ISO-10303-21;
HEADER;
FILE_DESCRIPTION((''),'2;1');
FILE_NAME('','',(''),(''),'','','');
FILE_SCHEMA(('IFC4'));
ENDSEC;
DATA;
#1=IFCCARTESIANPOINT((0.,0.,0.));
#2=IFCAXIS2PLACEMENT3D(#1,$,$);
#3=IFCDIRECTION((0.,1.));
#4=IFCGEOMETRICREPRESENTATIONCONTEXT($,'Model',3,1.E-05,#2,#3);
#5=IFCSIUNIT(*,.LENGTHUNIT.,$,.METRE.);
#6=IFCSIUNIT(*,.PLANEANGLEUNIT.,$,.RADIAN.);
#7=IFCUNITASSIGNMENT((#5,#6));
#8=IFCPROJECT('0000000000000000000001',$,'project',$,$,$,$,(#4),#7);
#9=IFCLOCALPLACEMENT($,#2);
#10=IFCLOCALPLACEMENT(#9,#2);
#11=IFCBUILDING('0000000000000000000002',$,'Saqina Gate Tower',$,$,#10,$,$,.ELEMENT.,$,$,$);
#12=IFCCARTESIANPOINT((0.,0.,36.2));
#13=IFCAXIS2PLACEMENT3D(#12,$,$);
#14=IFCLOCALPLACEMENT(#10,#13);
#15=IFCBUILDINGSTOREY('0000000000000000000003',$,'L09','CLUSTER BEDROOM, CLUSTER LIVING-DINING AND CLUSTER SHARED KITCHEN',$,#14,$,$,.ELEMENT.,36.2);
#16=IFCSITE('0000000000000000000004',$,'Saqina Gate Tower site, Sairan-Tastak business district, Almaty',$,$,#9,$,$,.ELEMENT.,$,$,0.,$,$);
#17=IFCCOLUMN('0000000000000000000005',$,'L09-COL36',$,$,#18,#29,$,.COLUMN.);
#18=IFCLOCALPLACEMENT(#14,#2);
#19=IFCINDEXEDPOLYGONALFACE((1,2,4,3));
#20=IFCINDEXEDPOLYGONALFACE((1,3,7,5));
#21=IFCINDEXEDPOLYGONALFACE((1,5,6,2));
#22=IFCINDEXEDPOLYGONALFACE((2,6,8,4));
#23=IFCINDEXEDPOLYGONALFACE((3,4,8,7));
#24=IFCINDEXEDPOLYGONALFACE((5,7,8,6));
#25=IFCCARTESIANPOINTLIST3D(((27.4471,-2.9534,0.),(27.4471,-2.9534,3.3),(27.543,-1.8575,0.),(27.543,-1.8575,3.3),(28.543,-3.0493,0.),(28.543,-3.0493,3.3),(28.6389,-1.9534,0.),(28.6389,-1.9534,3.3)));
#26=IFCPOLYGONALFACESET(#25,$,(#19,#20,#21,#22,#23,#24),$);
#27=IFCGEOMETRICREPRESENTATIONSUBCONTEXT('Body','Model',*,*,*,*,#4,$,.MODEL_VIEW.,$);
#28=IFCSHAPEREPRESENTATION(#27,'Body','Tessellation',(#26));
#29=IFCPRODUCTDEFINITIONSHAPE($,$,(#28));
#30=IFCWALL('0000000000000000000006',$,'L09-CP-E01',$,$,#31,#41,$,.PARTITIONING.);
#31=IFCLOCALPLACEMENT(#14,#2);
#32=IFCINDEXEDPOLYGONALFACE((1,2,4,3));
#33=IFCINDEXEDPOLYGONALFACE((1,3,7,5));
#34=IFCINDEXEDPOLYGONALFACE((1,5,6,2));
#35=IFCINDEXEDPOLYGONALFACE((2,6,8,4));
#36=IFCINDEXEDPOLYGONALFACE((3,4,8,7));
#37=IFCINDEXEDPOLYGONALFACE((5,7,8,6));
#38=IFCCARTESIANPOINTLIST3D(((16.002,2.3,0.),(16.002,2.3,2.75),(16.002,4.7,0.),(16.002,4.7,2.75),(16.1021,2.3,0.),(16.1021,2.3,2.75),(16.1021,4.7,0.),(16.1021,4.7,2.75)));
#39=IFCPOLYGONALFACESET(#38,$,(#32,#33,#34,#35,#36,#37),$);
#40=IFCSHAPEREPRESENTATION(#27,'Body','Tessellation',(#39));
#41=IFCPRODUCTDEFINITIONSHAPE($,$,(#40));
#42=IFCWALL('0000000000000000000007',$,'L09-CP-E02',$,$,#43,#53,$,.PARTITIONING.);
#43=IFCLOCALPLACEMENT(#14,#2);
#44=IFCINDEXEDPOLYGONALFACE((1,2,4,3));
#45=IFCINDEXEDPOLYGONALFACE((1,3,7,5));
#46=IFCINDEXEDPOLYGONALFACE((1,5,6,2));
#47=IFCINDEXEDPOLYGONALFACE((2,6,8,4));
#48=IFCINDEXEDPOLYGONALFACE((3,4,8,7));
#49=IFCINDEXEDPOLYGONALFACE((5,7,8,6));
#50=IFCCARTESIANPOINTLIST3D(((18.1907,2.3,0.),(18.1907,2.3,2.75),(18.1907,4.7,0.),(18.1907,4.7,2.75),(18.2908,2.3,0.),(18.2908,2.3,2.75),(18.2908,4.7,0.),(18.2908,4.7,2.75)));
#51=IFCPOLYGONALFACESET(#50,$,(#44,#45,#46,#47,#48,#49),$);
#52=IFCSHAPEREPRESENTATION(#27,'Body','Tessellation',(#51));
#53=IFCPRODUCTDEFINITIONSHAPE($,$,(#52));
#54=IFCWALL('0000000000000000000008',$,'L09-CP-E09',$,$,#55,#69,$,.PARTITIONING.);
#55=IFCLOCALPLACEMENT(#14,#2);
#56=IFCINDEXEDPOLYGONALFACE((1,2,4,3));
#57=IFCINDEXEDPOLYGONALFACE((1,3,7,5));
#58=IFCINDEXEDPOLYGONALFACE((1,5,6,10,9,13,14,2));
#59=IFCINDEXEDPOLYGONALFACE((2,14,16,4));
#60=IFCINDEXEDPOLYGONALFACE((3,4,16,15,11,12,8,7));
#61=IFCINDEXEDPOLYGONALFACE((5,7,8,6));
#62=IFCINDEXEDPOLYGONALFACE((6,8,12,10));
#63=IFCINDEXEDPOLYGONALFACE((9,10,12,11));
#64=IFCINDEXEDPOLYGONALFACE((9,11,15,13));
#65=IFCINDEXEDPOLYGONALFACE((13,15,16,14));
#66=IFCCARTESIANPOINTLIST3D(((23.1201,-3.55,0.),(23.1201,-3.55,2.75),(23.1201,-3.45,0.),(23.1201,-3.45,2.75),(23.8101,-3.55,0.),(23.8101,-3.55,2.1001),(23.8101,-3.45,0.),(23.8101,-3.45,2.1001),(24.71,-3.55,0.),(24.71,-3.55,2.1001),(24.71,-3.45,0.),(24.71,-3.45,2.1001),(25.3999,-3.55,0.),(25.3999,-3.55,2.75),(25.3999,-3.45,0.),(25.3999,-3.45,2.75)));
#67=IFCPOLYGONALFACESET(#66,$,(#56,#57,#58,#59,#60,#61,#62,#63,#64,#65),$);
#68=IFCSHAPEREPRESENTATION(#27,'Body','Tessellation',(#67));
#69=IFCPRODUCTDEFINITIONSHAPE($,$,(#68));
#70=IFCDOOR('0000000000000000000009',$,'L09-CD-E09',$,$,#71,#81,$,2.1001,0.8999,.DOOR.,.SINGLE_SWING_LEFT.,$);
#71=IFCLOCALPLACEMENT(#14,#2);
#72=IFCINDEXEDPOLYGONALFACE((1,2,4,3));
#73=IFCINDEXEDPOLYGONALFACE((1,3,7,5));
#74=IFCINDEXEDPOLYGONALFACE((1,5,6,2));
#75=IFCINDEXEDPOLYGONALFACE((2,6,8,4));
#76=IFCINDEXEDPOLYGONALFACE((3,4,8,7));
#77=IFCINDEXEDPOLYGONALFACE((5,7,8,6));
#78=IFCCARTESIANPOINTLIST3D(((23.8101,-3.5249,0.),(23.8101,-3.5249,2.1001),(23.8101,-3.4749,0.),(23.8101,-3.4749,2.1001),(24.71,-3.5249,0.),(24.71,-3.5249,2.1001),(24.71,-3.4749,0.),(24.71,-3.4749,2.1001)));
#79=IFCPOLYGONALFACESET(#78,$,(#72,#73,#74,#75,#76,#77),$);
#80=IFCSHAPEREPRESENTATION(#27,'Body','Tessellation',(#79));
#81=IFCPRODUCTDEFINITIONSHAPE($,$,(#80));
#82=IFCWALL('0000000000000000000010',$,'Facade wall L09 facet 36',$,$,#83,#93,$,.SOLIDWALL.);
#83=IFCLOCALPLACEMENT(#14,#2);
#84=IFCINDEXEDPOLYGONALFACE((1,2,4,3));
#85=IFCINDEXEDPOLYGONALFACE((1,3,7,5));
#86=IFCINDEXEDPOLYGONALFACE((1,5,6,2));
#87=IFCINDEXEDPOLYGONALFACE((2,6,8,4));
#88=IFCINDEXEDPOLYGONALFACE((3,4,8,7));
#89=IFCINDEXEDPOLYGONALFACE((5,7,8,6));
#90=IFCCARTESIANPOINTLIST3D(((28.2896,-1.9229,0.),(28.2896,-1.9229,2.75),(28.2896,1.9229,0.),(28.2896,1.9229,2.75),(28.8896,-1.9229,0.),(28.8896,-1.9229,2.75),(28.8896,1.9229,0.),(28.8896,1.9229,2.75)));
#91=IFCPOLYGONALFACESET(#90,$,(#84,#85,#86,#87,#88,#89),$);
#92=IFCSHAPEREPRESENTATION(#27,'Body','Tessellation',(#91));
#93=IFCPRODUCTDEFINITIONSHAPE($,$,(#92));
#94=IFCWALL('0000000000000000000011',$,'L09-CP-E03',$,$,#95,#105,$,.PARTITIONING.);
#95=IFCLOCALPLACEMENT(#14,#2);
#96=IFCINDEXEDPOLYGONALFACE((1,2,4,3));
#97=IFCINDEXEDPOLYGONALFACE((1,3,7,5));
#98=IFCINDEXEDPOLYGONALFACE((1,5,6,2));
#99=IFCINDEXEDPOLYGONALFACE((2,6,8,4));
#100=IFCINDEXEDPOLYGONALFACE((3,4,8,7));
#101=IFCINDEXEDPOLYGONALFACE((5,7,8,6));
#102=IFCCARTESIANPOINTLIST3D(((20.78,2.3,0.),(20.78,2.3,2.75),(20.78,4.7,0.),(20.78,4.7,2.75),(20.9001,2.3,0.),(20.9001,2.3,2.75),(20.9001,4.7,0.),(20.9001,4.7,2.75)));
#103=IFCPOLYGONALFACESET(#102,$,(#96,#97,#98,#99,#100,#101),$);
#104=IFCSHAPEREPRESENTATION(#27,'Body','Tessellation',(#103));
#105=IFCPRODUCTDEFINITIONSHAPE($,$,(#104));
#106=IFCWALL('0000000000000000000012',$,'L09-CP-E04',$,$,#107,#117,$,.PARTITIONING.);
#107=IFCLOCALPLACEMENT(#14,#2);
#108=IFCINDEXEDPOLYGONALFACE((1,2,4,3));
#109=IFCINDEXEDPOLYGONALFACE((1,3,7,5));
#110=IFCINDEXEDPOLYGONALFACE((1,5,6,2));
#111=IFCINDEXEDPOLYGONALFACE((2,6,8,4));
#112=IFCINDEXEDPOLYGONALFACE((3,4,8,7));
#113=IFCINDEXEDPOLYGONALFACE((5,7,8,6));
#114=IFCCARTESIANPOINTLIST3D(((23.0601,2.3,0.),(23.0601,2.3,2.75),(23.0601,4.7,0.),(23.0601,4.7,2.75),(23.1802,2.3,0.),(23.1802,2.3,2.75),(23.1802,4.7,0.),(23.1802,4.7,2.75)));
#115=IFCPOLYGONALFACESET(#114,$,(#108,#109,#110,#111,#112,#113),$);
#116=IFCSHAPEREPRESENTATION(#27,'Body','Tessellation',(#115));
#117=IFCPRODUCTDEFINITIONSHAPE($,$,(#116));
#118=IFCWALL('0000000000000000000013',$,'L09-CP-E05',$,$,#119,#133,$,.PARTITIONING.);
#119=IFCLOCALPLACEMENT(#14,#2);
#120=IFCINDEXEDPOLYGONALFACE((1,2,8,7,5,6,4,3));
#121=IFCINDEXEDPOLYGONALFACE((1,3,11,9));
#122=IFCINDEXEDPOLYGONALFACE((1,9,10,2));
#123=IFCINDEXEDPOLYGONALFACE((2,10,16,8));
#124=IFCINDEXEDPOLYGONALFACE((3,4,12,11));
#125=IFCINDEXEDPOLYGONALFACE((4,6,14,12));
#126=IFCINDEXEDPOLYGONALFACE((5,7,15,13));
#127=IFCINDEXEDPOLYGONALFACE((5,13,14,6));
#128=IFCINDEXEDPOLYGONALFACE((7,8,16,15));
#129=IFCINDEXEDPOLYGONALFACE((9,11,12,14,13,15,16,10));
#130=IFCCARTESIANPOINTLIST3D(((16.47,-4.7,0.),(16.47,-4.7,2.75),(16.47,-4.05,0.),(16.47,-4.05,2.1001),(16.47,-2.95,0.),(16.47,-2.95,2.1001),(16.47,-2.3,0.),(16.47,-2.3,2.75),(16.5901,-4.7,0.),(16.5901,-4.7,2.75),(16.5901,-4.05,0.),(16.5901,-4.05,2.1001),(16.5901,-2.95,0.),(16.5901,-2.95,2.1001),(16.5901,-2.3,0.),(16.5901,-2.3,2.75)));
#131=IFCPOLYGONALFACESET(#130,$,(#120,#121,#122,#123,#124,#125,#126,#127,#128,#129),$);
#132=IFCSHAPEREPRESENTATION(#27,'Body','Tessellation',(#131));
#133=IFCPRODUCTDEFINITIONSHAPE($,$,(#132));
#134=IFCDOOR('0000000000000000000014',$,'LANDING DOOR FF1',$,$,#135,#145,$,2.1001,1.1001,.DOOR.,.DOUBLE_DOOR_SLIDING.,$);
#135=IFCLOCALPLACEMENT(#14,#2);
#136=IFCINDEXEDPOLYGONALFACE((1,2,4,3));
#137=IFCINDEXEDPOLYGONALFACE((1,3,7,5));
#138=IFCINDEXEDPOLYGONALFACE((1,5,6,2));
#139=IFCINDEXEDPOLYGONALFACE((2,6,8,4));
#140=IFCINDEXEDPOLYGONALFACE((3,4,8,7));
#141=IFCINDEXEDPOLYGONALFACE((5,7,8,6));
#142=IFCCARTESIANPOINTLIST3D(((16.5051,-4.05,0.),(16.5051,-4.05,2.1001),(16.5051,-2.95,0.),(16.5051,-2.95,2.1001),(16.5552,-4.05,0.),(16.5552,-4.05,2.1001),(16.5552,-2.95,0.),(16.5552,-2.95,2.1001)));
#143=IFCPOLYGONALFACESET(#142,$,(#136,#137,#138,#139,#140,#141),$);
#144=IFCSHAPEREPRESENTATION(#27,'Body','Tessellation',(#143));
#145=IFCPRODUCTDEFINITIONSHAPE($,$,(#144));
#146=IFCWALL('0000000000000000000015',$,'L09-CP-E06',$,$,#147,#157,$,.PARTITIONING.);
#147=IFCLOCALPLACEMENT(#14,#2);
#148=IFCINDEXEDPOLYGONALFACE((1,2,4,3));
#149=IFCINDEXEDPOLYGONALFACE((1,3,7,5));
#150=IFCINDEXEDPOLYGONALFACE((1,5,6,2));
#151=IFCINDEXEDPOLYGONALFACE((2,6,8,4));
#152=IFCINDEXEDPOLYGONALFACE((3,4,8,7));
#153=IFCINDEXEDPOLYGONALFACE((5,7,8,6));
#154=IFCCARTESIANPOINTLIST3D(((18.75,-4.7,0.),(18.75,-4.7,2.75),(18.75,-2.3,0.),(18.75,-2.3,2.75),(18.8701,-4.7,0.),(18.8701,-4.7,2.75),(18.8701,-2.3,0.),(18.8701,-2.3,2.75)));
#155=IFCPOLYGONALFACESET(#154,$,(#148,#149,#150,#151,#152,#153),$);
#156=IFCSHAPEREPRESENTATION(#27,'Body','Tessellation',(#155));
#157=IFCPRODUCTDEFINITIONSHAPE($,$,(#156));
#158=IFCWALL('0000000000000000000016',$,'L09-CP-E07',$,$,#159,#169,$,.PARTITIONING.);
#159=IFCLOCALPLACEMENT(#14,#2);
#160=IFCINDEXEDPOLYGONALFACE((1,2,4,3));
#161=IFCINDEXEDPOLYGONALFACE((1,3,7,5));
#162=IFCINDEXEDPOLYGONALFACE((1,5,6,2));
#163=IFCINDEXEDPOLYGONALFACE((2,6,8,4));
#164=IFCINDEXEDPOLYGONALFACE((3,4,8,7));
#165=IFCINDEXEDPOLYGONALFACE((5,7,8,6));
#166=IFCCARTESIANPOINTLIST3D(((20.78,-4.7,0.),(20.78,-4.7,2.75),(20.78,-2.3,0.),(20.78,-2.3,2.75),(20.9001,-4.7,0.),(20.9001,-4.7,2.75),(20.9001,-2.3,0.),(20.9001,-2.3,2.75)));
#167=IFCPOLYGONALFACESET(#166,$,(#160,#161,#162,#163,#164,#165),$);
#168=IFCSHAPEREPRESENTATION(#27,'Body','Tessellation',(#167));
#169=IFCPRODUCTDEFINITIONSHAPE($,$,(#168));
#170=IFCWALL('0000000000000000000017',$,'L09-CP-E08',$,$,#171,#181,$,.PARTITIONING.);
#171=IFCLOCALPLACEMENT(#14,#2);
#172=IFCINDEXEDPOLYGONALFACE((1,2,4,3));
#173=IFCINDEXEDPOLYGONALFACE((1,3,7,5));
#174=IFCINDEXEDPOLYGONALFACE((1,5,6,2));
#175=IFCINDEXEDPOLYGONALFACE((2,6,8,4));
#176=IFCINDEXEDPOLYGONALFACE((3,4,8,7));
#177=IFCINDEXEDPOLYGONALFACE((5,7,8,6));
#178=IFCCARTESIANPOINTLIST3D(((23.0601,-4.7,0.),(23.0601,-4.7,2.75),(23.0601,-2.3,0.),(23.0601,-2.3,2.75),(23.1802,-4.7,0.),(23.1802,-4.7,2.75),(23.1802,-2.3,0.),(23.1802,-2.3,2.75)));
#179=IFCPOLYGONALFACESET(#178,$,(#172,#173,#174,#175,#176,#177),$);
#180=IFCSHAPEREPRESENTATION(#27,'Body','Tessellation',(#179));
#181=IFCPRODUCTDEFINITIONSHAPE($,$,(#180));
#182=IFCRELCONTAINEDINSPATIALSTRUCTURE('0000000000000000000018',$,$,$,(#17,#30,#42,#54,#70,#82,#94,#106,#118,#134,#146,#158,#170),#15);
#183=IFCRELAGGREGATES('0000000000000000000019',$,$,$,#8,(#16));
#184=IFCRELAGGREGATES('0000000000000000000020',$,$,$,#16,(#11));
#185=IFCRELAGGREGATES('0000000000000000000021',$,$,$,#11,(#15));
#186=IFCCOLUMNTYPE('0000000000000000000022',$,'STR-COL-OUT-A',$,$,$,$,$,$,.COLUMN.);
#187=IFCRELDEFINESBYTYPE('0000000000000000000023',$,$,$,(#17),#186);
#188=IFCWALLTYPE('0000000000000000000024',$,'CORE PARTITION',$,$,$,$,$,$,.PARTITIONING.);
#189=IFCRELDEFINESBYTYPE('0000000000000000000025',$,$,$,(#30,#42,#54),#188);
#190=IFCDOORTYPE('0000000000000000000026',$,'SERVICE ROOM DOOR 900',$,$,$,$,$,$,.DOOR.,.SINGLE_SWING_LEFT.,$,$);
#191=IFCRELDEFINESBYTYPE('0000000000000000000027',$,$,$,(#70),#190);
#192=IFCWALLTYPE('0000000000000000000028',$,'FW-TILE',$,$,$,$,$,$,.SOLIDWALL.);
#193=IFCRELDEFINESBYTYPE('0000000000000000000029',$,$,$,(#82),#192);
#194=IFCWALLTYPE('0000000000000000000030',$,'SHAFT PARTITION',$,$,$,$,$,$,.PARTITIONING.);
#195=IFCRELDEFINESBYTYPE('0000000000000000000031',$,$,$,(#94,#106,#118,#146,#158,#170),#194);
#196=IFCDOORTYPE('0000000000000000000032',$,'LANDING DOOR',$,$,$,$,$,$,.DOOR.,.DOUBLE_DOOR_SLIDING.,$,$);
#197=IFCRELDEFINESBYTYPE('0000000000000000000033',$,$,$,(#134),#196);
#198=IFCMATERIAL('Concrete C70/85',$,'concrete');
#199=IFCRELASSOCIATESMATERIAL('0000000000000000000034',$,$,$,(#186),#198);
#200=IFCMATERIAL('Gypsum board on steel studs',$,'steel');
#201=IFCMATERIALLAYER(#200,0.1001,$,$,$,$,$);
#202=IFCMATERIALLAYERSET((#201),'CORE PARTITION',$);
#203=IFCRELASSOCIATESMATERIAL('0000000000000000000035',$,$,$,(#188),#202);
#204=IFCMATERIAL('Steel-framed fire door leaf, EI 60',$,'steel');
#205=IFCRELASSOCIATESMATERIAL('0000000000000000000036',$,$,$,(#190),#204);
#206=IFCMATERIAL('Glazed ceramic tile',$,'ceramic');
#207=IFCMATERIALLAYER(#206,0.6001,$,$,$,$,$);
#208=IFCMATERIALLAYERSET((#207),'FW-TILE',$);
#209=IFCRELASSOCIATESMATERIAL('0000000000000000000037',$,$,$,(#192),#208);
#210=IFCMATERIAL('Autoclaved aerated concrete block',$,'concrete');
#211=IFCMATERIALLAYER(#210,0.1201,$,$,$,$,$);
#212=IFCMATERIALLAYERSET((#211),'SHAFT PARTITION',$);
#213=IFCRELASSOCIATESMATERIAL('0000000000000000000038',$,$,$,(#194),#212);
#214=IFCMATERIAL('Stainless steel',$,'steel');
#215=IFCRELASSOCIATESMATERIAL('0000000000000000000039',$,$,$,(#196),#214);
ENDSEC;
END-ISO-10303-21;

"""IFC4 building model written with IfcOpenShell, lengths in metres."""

from ifc_helpers import new_model, si_unit, direction, frame, frame_2d, origin, origin_2d, place, context, subcontext, project, spatial, rectangle, extrude, material, layer, layer_set, material_profile, profile_set, type_object, element, fill, save


model = new_model("IFC4")

# Units and contexts
model_context = context("Model", 3, precision=1e-05, world=origin(), true_north=direction((0.0, 1.0)))
body_context = subcontext(model_context, "Body", "Model", "MODEL_VIEW")
ifc_project = project(units=[si_unit("LENGTHUNIT", "METRE"), si_unit("PLANEANGLEUNIT", "RADIAN")], contexts=[model_context])

# Site, building, storey
site_placement = place(None, origin())
site = spatial("IfcSite", under=ifc_project, at=site_placement, Name="Saqina Gate Tower site, Sairan-Tastak business district, Almaty", CompositionType="ELEMENT", RefElevation=0.0)
building_placement = place(site_placement, origin())
building = spatial("IfcBuilding", under=site, at=building_placement, Name="Saqina Gate Tower", CompositionType="ELEMENT")
storey_placement = place(building_placement, frame((0.0, 0.0, 36.2)))
storey = spatial("IfcBuildingStorey", under=building, at=storey_placement, Name="L09", Description="CLUSTER BEDROOM, CLUSTER LIVING-DINING AND CLUSTER SHARED KITCHEN", CompositionType="ELEMENT", Elevation=36.2)

# Column
ifc_material_1 = material(Name="Concrete C70/85", Category="concrete")
ifc_material_profile = material_profile(ifc_material_1, rectangle(XDim=1.1001, YDim=1.1001, at=origin_2d()), Name="RC 1100x1100")
ifc_profile_set = profile_set([ifc_material_profile], Name="Concrete C70/85")
column_type = type_object("IfcColumnType", Name="STR-COL-OUT-A", PredefinedType="COLUMN", material=ifc_profile_set)
column_placement = place(storey_placement, frame((28.043, -2.4534, 0.0), z_axis=(0.0, 0.0, 1.0), x_axis=(0.996195, -0.087156, 0.0)))
element("IfcColumn", 1, at=column_placement, inside=storey, type_object=column_type, Name="L09-COL36", PredefinedType="COLUMN", context=body_context, shape_type="SweptSolid", body=[
    extrude(rectangle(XDim=1.1001, YDim=1.1001, at=origin_2d()), origin(), (0.0, 0.0, 1.0), 3.3),
])

# Walls
ifc_material_2 = material(Name="Gypsum board on steel studs", Category="steel")
ifc_layer_1 = layer(ifc_material_2, 0.1001)
ifc_layer_set_1 = layer_set([ifc_layer_1], Name="CORE PARTITION")
wall_type_1 = type_object("IfcWallType", Name="CORE PARTITION", PredefinedType="PARTITIONING", material=ifc_layer_set_1)
for number, where, z_axis, x_axis, name in (
    (2, (16.052, 2.3, 0.0), (0.0, 0.0, 1.0), (0.0, 1.0, 0.0), "L09-CP-E01"),
    (3, (18.2407, 2.3, 0.0), (0.0, 0.0, 1.0), (0.0, 1.0, 0.0), "L09-CP-E02"),
):
    element("IfcWall", number, at=place(storey_placement, frame(where, z_axis=z_axis, x_axis=x_axis)), inside=storey, type_object=wall_type_1, Name=name, PredefinedType="PARTITIONING", context=body_context, shape_type="SweptSolid", body=[
        extrude(rectangle(XDim=2.3999, YDim=0.1001, at=frame_2d((1.2, 0.0))), origin(), (0.0, 0.0, 1.0), 2.75),
    ])

# Wall, opening, door
wall_1_placement = place(storey_placement, frame((23.1201, -3.5, 0.0), z_axis=(0.0, 0.0, 1.0), x_axis=(1.0, 0.0, 0.0)))
wall_1 = element("IfcWall", 4, at=wall_1_placement, inside=storey, type_object=wall_type_1, Name="L09-CP-E09", PredefinedType="PARTITIONING", context=body_context, shape_type="SweptSolid", body=[
    extrude(rectangle(XDim=2.2798, YDim=0.1001, at=frame_2d((1.1399, 0.0))), origin(), (0.0, 0.0, 1.0), 2.75),
])
opening_1_placement = place(wall_1_placement, frame((0.6899, 0.0, 0.0)))
opening_1 = element("IfcOpeningElement", 5, at=opening_1_placement, cuts=wall_1, PredefinedType="OPENING", context=body_context, shape_type="SweptSolid", body=[
    extrude(rectangle(XDim=0.8999, YDim=2.1001, at=frame_2d((0.45, 1.05))), frame((0.0, 0.062, 0.0), z_axis=(0.0, -1.0, 0.0), x_axis=(1.0, 0.0, 0.0)), (0.0, 0.0, 1.0), 0.124),
])
ifc_material_3 = material(Name="Steel-framed fire door leaf, EI 60", Category="steel")
door_type_1 = type_object("IfcDoorType", Name="SERVICE ROOM DOOR 900", OperationType="SINGLE_SWING_LEFT", PredefinedType="DOOR", material=ifc_material_3)
door_1_placement = place(opening_1_placement, frame((0.8999, 0.0, 0.0), z_axis=(0.0, 0.0, 1.0), x_axis=(-1.0, 0.0, 0.0)))
door_1 = element("IfcDoor", 6, at=door_1_placement, inside=storey, type_object=door_type_1, Name="L09-CD-E09", OperationType="SINGLE_SWING_LEFT", OverallHeight=2.1001, OverallWidth=0.8999, PredefinedType="DOOR", context=body_context, shape_type="SweptSolid", body=[
    extrude(rectangle(XDim=0.8999, YDim=2.1001, at=frame_2d((0.45, 1.05))), frame((0.0, 0.0249, 0.0), z_axis=(0.0, -1.0, 0.0), x_axis=(1.0, 0.0, 0.0)), (0.0, 0.0, 1.0), 0.05),
])
fill(opening_1, door_1)

# Walls
ifc_material_4 = material(Name="Glazed ceramic tile", Category="ceramic")
ifc_layer_2 = layer(ifc_material_4, 0.6001)
ifc_layer_set_2 = layer_set([ifc_layer_2], Name="FW-TILE")
wall_type_2 = type_object("IfcWallType", Name="FW-TILE", PredefinedType="SOLIDWALL", material=ifc_layer_set_2)
wall_2_placement = place(storey_placement, frame((28.5896, -1.9229, 0.0), z_axis=(0.0, 0.0, 1.0), x_axis=(0.0, 1.0, 0.0)))
element("IfcWall", 7, at=wall_2_placement, inside=storey, type_object=wall_type_2, Name="Facade wall L09 facet 36", PredefinedType="SOLIDWALL", context=body_context, shape_type="SweptSolid", body=[
    extrude(rectangle(XDim=3.8457, YDim=0.6001, at=frame_2d((1.9229, 0.0))), origin(), (0.0, 0.0, 1.0), 2.75),
])
ifc_material_5 = material(Name="Autoclaved aerated concrete block", Category="concrete")
ifc_layer_3 = layer(ifc_material_5, 0.1201)
ifc_layer_set_3 = layer_set([ifc_layer_3], Name="SHAFT PARTITION")
wall_type_3 = type_object("IfcWallType", Name="SHAFT PARTITION", PredefinedType="PARTITIONING", material=ifc_layer_set_3)
for number, where, z_axis, x_axis, name in (
    (8, (20.8401, 2.3, 0.0), (0.0, 0.0, 1.0), (0.0, 1.0, 0.0), "L09-CP-E03"),
    (9, (23.1201, 2.3, 0.0), (0.0, 0.0, 1.0), (0.0, 1.0, 0.0), "L09-CP-E04"),
):
    element("IfcWall", number, at=place(storey_placement, frame(where, z_axis=z_axis, x_axis=x_axis)), inside=storey, type_object=wall_type_3, Name=name, PredefinedType="PARTITIONING", context=body_context, shape_type="SweptSolid", body=[
        extrude(rectangle(XDim=2.3999, YDim=0.1201, at=frame_2d((1.2, 0.0))), origin(), (0.0, 0.0, 1.0), 2.75),
    ])

# Wall, opening, door
wall_3_placement = place(storey_placement, frame((16.53, -4.7, 0.0), z_axis=(0.0, 0.0, 1.0), x_axis=(0.0, 1.0, 0.0)))
wall_3 = element("IfcWall", 10, at=wall_3_placement, inside=storey, type_object=wall_type_3, Name="L09-CP-E05", PredefinedType="PARTITIONING", context=body_context, shape_type="SweptSolid", body=[
    extrude(rectangle(XDim=2.3999, YDim=0.1201, at=frame_2d((1.2, 0.0))), origin(), (0.0, 0.0, 1.0), 2.75),
])
opening_2_placement = place(wall_3_placement, frame((0.6499, 0.0, 0.0)))
opening_2 = element("IfcOpeningElement", 11, at=opening_2_placement, cuts=wall_3, PredefinedType="OPENING", context=body_context, shape_type="SweptSolid", body=[
    extrude(rectangle(XDim=1.1001, YDim=2.1001, at=frame_2d((0.55, 1.05))), frame((0.0, 0.072, 0.0), z_axis=(0.0, -1.0, 0.0), x_axis=(1.0, 0.0, 0.0)), (0.0, 0.0, 1.0), 0.144),
])
ifc_material_6 = material(Name="Stainless steel", Category="steel")
door_type_2 = type_object("IfcDoorType", Name="LANDING DOOR", OperationType="DOUBLE_DOOR_SLIDING", PredefinedType="DOOR", material=ifc_material_6)
door_2_placement = place(opening_2_placement, origin())
door_2 = element("IfcDoor", 12, at=door_2_placement, inside=storey, type_object=door_type_2, Name="LANDING DOOR FF1", OperationType="DOUBLE_DOOR_SLIDING", OverallHeight=2.1001, OverallWidth=1.1001, PredefinedType="DOOR", context=body_context, shape_type="SweptSolid", body=[
    extrude(rectangle(XDim=1.1001, YDim=2.1001, at=frame_2d((0.55, 1.05))), frame((0.0, 0.0249, 0.0), z_axis=(0.0, -1.0, 0.0), x_axis=(1.0, 0.0, 0.0)), (0.0, 0.0, 1.0), 0.05),
])
fill(opening_2, door_2)

# Walls
for number, where, z_axis, x_axis, name in (
    (13, (18.8101, -4.7, 0.0), (0.0, 0.0, 1.0), (0.0, 1.0, 0.0), "L09-CP-E06"),
    (14, (20.8401, -4.7, 0.0), (0.0, 0.0, 1.0), (0.0, 1.0, 0.0), "L09-CP-E07"),
    (15, (23.1201, -4.7, 0.0), (0.0, 0.0, 1.0), (0.0, 1.0, 0.0), "L09-CP-E08"),
):
    element("IfcWall", number, at=place(storey_placement, frame(where, z_axis=z_axis, x_axis=x_axis)), inside=storey, type_object=wall_type_3, Name=name, PredefinedType="PARTITIONING", context=body_context, shape_type="SweptSolid", body=[
        extrude(rectangle(XDim=2.3999, YDim=0.1201, at=frame_2d((1.2, 0.0))), origin(), (0.0, 0.0, 1.0), 2.75),
    ])

save(model, "model.ifc")
